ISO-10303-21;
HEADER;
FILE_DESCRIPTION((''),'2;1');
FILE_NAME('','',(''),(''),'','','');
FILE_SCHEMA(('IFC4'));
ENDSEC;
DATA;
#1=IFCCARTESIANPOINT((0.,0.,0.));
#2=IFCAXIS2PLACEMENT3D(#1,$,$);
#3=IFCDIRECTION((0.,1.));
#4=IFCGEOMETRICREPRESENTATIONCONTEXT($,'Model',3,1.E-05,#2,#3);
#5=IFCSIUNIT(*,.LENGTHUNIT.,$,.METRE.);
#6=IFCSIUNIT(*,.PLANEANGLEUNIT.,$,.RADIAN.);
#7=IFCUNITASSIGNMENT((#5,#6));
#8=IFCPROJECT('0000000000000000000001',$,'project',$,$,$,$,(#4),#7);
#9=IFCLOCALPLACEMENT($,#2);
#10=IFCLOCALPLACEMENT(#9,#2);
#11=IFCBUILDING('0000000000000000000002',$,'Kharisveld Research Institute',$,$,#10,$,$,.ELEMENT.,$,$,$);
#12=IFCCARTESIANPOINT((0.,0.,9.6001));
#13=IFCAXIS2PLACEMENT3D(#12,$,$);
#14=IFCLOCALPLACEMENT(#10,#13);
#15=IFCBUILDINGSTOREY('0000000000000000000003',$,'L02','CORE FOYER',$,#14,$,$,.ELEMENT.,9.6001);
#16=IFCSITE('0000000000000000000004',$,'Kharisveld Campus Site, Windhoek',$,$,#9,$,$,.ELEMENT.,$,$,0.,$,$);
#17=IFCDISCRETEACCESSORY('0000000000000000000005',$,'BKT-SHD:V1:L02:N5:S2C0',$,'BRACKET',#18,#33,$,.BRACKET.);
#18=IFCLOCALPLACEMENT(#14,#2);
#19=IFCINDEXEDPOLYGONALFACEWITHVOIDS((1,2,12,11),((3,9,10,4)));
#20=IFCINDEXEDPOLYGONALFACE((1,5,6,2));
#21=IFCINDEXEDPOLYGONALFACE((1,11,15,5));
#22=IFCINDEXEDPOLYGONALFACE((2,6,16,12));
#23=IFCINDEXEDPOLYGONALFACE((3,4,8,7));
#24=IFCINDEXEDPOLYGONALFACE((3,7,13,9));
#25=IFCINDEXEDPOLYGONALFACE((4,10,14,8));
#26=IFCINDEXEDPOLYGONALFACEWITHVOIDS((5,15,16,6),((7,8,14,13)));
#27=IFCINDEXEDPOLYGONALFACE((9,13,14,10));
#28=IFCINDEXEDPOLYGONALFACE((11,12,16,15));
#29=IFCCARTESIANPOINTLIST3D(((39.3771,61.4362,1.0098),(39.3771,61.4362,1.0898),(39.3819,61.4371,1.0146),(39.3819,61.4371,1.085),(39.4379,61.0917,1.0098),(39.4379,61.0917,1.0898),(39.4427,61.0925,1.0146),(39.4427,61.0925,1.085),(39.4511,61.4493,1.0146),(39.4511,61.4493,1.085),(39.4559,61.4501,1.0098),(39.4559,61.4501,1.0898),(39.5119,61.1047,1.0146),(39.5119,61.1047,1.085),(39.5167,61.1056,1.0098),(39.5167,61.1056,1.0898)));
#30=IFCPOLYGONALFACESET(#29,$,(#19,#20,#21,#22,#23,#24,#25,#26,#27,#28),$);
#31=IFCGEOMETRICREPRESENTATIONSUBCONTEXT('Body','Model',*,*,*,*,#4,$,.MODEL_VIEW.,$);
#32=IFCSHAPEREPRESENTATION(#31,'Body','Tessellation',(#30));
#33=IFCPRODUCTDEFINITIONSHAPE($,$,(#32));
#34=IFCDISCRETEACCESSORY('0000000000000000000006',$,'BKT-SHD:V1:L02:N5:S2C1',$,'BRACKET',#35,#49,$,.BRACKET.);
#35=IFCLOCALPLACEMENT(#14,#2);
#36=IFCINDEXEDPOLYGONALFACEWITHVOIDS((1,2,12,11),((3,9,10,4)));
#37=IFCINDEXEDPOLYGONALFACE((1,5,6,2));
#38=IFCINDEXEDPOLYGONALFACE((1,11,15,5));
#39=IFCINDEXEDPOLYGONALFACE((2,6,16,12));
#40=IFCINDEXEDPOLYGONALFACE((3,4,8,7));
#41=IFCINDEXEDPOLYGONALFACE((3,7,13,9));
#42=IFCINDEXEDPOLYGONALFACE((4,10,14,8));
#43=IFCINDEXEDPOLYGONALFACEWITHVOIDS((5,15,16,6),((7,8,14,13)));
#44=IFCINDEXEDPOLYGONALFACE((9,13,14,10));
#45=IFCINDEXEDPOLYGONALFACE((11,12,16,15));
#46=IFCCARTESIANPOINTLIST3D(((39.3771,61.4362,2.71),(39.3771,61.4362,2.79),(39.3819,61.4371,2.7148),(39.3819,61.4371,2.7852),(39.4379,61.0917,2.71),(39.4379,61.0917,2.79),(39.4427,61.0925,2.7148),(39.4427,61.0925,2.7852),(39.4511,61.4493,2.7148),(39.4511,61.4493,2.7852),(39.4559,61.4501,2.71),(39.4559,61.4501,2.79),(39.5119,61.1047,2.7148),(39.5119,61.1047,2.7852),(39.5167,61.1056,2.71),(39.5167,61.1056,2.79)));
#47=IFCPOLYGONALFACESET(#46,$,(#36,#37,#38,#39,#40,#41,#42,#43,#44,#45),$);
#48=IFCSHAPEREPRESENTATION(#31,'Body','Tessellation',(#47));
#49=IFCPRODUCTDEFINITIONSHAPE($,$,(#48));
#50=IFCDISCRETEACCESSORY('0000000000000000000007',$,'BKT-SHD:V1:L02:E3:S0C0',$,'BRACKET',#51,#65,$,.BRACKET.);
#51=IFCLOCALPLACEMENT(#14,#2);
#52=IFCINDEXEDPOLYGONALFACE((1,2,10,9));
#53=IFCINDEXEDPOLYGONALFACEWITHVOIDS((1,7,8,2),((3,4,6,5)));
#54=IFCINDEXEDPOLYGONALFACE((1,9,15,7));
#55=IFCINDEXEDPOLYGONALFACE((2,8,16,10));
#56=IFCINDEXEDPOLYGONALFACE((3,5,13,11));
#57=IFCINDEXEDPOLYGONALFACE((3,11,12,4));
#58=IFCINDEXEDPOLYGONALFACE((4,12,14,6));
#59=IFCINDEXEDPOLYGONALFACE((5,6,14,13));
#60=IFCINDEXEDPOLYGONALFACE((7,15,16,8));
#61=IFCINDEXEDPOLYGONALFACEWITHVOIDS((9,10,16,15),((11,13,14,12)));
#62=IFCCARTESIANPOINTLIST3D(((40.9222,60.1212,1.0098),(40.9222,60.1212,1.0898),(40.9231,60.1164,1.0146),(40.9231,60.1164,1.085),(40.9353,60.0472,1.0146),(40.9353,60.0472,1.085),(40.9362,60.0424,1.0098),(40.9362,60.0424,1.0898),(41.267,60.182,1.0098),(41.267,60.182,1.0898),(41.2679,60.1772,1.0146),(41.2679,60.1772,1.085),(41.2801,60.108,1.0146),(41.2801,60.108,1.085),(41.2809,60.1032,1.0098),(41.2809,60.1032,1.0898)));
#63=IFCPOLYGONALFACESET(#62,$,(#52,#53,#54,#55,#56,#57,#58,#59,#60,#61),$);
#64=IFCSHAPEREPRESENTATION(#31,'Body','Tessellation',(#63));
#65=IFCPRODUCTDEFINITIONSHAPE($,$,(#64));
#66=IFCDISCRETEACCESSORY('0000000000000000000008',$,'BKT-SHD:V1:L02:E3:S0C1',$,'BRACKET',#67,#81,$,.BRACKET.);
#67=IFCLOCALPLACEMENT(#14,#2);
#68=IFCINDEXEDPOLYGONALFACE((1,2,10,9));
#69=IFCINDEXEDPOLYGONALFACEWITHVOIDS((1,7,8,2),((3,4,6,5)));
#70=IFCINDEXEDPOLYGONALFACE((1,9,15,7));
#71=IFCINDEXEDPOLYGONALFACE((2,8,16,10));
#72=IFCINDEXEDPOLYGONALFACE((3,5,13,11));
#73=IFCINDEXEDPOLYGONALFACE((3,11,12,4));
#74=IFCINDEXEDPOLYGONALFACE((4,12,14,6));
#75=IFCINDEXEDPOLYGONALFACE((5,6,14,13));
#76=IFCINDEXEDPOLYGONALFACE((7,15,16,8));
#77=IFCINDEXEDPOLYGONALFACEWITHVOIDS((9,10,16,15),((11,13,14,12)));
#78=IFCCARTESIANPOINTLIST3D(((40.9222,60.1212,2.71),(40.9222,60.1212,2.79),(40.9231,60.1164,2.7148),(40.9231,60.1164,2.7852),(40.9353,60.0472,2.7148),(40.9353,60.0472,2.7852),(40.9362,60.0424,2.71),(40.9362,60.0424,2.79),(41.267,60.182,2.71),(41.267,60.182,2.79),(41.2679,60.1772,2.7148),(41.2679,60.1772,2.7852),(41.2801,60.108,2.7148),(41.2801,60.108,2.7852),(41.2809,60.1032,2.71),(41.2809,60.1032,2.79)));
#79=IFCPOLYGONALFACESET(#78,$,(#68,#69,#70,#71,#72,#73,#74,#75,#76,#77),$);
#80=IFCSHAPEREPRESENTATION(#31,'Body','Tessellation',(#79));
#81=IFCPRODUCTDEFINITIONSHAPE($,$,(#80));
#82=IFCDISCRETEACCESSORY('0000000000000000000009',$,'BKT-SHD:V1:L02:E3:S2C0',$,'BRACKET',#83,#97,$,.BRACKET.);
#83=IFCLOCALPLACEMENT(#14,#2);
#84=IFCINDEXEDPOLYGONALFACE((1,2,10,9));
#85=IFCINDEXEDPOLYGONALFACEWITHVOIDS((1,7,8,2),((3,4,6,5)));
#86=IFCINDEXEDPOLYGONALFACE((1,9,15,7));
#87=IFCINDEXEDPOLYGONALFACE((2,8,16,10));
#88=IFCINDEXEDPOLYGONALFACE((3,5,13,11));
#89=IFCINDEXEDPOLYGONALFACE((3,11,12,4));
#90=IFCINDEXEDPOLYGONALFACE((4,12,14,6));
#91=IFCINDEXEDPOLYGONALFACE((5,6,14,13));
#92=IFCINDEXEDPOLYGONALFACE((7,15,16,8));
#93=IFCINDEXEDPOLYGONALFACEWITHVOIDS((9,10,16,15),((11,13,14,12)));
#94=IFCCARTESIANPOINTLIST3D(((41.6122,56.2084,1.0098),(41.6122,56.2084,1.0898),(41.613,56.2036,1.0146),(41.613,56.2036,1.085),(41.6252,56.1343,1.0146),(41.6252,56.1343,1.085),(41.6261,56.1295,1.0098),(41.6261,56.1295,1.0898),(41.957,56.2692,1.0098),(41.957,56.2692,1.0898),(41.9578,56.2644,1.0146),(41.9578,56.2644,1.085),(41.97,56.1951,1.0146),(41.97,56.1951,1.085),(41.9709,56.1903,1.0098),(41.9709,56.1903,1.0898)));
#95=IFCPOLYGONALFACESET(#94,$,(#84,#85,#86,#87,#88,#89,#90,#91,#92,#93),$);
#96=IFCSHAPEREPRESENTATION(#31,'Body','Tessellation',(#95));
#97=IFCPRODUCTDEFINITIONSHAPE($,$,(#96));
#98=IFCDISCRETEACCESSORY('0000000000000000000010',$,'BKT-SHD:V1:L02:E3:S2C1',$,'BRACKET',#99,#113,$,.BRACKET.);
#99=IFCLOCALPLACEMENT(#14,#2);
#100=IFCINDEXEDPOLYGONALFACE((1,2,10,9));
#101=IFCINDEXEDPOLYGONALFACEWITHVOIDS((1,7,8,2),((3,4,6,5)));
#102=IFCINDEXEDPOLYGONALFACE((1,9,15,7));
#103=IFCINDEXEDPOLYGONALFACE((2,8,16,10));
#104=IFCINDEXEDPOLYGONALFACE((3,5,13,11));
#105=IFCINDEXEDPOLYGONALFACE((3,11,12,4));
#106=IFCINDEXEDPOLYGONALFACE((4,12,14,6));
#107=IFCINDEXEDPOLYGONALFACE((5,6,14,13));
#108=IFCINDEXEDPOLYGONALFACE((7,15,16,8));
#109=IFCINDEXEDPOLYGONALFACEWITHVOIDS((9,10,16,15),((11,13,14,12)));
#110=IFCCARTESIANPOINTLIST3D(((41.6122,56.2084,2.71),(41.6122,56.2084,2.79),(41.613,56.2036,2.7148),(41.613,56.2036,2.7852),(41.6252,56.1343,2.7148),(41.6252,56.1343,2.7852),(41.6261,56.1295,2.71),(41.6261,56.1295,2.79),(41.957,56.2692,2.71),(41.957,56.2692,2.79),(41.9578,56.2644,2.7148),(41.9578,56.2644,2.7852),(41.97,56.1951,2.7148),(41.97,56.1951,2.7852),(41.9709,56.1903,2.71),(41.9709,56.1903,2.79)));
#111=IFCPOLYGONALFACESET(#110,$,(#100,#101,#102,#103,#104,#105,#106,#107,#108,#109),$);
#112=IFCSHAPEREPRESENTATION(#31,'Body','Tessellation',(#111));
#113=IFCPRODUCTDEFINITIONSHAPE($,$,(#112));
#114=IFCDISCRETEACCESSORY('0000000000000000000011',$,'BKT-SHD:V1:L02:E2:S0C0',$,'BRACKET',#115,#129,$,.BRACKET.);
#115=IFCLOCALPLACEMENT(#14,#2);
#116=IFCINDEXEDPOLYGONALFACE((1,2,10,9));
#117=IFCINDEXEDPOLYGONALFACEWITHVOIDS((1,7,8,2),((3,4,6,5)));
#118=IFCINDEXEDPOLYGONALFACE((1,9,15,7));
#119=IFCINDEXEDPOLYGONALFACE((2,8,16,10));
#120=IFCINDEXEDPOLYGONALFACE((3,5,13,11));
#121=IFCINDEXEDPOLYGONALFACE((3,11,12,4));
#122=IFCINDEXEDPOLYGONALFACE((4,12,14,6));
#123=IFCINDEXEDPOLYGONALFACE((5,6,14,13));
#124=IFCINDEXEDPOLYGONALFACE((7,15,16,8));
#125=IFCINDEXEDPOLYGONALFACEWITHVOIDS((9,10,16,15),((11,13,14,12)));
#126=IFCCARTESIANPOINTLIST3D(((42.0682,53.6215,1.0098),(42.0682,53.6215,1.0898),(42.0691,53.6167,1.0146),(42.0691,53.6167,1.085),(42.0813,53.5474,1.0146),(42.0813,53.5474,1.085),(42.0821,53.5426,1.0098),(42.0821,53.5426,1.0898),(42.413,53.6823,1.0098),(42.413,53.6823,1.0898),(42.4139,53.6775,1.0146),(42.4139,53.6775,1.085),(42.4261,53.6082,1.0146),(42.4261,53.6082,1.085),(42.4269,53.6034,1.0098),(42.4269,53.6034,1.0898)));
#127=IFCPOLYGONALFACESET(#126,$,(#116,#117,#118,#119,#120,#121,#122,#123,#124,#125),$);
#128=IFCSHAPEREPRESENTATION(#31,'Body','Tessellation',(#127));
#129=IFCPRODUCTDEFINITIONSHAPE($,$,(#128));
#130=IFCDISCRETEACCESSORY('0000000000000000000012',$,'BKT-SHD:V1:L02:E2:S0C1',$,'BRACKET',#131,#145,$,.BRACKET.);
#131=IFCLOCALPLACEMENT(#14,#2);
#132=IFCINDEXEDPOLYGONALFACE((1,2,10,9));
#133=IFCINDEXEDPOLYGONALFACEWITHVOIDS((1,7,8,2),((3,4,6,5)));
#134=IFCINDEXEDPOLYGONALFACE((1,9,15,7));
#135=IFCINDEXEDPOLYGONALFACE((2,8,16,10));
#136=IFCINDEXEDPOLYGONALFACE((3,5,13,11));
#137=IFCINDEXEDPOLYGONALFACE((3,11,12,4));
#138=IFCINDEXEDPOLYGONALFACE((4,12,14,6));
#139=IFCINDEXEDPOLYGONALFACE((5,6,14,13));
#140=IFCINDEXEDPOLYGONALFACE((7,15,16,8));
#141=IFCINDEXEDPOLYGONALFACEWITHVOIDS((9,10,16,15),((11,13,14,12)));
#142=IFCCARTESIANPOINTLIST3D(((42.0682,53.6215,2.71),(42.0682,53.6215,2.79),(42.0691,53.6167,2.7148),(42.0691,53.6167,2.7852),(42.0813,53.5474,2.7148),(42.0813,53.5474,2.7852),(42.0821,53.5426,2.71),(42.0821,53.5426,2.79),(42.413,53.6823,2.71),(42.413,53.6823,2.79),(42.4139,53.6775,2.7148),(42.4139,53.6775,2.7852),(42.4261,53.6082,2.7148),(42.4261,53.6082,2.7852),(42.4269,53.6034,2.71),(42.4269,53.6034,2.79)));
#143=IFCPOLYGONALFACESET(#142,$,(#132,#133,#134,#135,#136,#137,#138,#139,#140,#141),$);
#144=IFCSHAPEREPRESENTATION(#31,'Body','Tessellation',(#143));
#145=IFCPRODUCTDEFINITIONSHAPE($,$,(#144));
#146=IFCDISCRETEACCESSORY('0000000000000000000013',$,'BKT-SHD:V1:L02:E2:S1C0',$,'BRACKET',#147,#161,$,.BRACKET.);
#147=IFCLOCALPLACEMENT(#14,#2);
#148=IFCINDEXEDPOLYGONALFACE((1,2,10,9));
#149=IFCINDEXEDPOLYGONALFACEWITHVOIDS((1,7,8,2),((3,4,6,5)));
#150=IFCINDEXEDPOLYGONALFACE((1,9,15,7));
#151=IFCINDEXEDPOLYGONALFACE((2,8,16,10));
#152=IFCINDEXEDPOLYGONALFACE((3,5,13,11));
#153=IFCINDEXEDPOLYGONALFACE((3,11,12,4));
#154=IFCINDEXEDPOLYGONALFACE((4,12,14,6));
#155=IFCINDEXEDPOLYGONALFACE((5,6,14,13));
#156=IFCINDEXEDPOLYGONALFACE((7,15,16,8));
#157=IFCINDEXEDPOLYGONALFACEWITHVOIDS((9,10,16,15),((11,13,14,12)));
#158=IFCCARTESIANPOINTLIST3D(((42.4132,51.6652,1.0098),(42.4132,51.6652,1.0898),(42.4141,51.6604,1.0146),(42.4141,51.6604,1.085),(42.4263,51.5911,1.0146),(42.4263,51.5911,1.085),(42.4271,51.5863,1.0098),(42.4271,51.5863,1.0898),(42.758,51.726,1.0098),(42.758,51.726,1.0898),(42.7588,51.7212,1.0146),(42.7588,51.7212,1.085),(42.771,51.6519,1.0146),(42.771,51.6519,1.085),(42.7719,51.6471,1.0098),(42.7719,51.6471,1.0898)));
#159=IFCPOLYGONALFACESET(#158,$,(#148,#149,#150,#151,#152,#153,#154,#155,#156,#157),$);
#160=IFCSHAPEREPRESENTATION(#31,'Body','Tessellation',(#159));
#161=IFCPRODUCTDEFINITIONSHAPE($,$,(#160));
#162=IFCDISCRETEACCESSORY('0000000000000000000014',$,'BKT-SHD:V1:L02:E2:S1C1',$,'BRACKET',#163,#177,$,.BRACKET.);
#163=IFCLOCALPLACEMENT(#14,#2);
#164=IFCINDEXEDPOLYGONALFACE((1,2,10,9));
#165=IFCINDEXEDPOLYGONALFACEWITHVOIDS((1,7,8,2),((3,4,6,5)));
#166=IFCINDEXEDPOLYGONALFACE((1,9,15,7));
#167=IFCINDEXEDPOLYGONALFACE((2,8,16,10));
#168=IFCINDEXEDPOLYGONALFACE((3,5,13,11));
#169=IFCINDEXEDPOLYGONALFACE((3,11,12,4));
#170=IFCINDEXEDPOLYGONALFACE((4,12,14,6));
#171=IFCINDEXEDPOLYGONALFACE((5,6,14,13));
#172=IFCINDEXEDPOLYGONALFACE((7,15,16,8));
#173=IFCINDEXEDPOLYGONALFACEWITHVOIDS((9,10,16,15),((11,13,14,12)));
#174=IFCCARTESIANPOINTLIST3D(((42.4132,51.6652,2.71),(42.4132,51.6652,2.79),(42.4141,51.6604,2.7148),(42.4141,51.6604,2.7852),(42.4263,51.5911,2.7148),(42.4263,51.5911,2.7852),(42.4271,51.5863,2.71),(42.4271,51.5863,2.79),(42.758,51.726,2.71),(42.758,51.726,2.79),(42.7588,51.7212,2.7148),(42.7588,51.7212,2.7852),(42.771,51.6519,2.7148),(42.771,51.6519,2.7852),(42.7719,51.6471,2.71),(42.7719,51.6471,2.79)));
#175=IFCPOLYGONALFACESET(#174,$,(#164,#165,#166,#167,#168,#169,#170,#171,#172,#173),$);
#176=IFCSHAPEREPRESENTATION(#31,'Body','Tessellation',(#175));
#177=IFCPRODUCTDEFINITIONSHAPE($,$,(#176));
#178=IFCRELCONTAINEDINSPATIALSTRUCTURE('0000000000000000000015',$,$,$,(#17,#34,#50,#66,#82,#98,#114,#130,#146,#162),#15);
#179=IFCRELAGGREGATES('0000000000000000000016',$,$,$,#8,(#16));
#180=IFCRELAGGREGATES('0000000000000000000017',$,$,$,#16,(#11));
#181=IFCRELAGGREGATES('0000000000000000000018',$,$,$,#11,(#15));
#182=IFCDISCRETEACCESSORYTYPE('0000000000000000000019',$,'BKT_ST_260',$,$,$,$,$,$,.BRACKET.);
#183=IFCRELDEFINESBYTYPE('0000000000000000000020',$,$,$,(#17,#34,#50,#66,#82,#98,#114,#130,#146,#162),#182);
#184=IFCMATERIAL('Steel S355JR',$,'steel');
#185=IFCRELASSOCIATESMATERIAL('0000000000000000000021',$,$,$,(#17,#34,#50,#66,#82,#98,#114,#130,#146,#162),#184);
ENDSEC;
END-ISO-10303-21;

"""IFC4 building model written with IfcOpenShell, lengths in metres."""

from ifc_helpers import new_model, si_unit, direction, frame, origin, origin_2d, place, context, subcontext, project, spatial, hollow_rectangle, extrude, material, type_object, element, save


model = new_model("IFC4")

# Units and contexts
model_context = context("Model", 3, precision=1e-05, world=origin(), true_north=direction((0.0, 1.0)))
body_context = subcontext(model_context, "Body", "Model", "MODEL_VIEW")
ifc_project = project(units=[si_unit("LENGTHUNIT", "METRE"), si_unit("PLANEANGLEUNIT", "RADIAN")], contexts=[model_context])

# Site, building, storey
site_placement = place(None, origin())
site = spatial("IfcSite", under=ifc_project, at=site_placement, Name="Kharisveld Campus Site, Windhoek", CompositionType="ELEMENT", RefElevation=0.0)
building_placement = place(site_placement, origin())
building = spatial("IfcBuilding", under=site, at=building_placement, Name="Kharisveld Research Institute", CompositionType="ELEMENT")
storey_placement = place(building_placement, frame((0.0, 0.0, 9.6001)))
storey = spatial("IfcBuildingStorey", under=building, at=storey_placement, Name="L02", Description="CORE FOYER", CompositionType="ELEMENT", Elevation=9.6001)

# Discrete accessories
ifc_material_1 = material(Name="Steel S355JR", Category="steel")
discrete_accessory_type = type_object("IfcDiscreteAccessoryType", Name="BKT_ST_260", PredefinedType="BRACKET")
for number, where, z_axis, x_axis, name in (
    (1, (39.4773, 61.0986, 1.0498), (-0.173785, 0.984784, 0.0), (-0.984784, -0.173785, 0.0), "BKT-SHD:V1:L02:N5:S2C0"),
    (2, (39.4773, 61.0986, 2.75), (-0.173785, 0.984784, 0.0), (-0.984784, -0.173785, 0.0), "BKT-SHD:V1:L02:N5:S2C1"),
):
    element("IfcDiscreteAccessory", number, at=place(storey_placement, frame(where, z_axis=z_axis, x_axis=x_axis)), inside=storey, type_object=discrete_accessory_type, material=ifc_material_1, Name=name, ObjectType="BRACKET", PredefinedType="BRACKET", context=body_context, shape_type="SweptSolid", body=[
        extrude(hollow_rectangle(XDim=0.0801, YDim=0.0801, WallThickness=0.0049, at=origin_2d()), origin(), (0.0, 0.0, 1.0), 0.3499),
    ])
for number, where, z_axis, x_axis, name in (
    (3, (40.9292, 60.0818, 1.0498), (0.984805, 0.173666, 0.0), (-0.173666, 0.984805, 0.0), "BKT-SHD:V1:L02:E3:S0C0"),
    (4, (40.9292, 60.0818, 2.75), (0.984805, 0.173666, 0.0), (-0.173666, 0.984805, 0.0), "BKT-SHD:V1:L02:E3:S0C1"),
    (5, (41.6191, 56.1689, 1.0498), (0.984805, 0.173666, 0.0), (-0.173666, 0.984805, 0.0), "BKT-SHD:V1:L02:E3:S2C0"),
    (6, (41.6191, 56.1689, 2.75), (0.984805, 0.173666, 0.0), (-0.173666, 0.984805, 0.0), "BKT-SHD:V1:L02:E3:S2C1"),
    (7, (42.0752, 53.582, 1.0498), (0.984805, 0.173666, 0.0), (-0.173666, 0.984805, 0.0), "BKT-SHD:V1:L02:E2:S0C0"),
    (8, (42.0752, 53.582, 2.75), (0.984805, 0.173666, 0.0), (-0.173666, 0.984805, 0.0), "BKT-SHD:V1:L02:E2:S0C1"),
    (9, (42.4202, 51.6257, 1.0498), (0.984805, 0.173666, 0.0), (-0.173666, 0.984805, 0.0), "BKT-SHD:V1:L02:E2:S1C0"),
    (10, (42.4202, 51.6257, 2.75), (0.984805, 0.173666, 0.0), (-0.173666, 0.984805, 0.0), "BKT-SHD:V1:L02:E2:S1C1"),
):
    element("IfcDiscreteAccessory", number, at=place(storey_placement, frame(where, z_axis=z_axis, x_axis=x_axis)), inside=storey, type_object=discrete_accessory_type, material=ifc_material_1, Name=name, ObjectType="BRACKET", PredefinedType="BRACKET", context=body_context, shape_type="SweptSolid", body=[
        extrude(hollow_rectangle(XDim=0.0801, YDim=0.0801, WallThickness=0.0049, at=origin_2d()), origin(), (0.0, 0.0, 1.0), 0.3501),
    ])

save(model, "model.ifc")
